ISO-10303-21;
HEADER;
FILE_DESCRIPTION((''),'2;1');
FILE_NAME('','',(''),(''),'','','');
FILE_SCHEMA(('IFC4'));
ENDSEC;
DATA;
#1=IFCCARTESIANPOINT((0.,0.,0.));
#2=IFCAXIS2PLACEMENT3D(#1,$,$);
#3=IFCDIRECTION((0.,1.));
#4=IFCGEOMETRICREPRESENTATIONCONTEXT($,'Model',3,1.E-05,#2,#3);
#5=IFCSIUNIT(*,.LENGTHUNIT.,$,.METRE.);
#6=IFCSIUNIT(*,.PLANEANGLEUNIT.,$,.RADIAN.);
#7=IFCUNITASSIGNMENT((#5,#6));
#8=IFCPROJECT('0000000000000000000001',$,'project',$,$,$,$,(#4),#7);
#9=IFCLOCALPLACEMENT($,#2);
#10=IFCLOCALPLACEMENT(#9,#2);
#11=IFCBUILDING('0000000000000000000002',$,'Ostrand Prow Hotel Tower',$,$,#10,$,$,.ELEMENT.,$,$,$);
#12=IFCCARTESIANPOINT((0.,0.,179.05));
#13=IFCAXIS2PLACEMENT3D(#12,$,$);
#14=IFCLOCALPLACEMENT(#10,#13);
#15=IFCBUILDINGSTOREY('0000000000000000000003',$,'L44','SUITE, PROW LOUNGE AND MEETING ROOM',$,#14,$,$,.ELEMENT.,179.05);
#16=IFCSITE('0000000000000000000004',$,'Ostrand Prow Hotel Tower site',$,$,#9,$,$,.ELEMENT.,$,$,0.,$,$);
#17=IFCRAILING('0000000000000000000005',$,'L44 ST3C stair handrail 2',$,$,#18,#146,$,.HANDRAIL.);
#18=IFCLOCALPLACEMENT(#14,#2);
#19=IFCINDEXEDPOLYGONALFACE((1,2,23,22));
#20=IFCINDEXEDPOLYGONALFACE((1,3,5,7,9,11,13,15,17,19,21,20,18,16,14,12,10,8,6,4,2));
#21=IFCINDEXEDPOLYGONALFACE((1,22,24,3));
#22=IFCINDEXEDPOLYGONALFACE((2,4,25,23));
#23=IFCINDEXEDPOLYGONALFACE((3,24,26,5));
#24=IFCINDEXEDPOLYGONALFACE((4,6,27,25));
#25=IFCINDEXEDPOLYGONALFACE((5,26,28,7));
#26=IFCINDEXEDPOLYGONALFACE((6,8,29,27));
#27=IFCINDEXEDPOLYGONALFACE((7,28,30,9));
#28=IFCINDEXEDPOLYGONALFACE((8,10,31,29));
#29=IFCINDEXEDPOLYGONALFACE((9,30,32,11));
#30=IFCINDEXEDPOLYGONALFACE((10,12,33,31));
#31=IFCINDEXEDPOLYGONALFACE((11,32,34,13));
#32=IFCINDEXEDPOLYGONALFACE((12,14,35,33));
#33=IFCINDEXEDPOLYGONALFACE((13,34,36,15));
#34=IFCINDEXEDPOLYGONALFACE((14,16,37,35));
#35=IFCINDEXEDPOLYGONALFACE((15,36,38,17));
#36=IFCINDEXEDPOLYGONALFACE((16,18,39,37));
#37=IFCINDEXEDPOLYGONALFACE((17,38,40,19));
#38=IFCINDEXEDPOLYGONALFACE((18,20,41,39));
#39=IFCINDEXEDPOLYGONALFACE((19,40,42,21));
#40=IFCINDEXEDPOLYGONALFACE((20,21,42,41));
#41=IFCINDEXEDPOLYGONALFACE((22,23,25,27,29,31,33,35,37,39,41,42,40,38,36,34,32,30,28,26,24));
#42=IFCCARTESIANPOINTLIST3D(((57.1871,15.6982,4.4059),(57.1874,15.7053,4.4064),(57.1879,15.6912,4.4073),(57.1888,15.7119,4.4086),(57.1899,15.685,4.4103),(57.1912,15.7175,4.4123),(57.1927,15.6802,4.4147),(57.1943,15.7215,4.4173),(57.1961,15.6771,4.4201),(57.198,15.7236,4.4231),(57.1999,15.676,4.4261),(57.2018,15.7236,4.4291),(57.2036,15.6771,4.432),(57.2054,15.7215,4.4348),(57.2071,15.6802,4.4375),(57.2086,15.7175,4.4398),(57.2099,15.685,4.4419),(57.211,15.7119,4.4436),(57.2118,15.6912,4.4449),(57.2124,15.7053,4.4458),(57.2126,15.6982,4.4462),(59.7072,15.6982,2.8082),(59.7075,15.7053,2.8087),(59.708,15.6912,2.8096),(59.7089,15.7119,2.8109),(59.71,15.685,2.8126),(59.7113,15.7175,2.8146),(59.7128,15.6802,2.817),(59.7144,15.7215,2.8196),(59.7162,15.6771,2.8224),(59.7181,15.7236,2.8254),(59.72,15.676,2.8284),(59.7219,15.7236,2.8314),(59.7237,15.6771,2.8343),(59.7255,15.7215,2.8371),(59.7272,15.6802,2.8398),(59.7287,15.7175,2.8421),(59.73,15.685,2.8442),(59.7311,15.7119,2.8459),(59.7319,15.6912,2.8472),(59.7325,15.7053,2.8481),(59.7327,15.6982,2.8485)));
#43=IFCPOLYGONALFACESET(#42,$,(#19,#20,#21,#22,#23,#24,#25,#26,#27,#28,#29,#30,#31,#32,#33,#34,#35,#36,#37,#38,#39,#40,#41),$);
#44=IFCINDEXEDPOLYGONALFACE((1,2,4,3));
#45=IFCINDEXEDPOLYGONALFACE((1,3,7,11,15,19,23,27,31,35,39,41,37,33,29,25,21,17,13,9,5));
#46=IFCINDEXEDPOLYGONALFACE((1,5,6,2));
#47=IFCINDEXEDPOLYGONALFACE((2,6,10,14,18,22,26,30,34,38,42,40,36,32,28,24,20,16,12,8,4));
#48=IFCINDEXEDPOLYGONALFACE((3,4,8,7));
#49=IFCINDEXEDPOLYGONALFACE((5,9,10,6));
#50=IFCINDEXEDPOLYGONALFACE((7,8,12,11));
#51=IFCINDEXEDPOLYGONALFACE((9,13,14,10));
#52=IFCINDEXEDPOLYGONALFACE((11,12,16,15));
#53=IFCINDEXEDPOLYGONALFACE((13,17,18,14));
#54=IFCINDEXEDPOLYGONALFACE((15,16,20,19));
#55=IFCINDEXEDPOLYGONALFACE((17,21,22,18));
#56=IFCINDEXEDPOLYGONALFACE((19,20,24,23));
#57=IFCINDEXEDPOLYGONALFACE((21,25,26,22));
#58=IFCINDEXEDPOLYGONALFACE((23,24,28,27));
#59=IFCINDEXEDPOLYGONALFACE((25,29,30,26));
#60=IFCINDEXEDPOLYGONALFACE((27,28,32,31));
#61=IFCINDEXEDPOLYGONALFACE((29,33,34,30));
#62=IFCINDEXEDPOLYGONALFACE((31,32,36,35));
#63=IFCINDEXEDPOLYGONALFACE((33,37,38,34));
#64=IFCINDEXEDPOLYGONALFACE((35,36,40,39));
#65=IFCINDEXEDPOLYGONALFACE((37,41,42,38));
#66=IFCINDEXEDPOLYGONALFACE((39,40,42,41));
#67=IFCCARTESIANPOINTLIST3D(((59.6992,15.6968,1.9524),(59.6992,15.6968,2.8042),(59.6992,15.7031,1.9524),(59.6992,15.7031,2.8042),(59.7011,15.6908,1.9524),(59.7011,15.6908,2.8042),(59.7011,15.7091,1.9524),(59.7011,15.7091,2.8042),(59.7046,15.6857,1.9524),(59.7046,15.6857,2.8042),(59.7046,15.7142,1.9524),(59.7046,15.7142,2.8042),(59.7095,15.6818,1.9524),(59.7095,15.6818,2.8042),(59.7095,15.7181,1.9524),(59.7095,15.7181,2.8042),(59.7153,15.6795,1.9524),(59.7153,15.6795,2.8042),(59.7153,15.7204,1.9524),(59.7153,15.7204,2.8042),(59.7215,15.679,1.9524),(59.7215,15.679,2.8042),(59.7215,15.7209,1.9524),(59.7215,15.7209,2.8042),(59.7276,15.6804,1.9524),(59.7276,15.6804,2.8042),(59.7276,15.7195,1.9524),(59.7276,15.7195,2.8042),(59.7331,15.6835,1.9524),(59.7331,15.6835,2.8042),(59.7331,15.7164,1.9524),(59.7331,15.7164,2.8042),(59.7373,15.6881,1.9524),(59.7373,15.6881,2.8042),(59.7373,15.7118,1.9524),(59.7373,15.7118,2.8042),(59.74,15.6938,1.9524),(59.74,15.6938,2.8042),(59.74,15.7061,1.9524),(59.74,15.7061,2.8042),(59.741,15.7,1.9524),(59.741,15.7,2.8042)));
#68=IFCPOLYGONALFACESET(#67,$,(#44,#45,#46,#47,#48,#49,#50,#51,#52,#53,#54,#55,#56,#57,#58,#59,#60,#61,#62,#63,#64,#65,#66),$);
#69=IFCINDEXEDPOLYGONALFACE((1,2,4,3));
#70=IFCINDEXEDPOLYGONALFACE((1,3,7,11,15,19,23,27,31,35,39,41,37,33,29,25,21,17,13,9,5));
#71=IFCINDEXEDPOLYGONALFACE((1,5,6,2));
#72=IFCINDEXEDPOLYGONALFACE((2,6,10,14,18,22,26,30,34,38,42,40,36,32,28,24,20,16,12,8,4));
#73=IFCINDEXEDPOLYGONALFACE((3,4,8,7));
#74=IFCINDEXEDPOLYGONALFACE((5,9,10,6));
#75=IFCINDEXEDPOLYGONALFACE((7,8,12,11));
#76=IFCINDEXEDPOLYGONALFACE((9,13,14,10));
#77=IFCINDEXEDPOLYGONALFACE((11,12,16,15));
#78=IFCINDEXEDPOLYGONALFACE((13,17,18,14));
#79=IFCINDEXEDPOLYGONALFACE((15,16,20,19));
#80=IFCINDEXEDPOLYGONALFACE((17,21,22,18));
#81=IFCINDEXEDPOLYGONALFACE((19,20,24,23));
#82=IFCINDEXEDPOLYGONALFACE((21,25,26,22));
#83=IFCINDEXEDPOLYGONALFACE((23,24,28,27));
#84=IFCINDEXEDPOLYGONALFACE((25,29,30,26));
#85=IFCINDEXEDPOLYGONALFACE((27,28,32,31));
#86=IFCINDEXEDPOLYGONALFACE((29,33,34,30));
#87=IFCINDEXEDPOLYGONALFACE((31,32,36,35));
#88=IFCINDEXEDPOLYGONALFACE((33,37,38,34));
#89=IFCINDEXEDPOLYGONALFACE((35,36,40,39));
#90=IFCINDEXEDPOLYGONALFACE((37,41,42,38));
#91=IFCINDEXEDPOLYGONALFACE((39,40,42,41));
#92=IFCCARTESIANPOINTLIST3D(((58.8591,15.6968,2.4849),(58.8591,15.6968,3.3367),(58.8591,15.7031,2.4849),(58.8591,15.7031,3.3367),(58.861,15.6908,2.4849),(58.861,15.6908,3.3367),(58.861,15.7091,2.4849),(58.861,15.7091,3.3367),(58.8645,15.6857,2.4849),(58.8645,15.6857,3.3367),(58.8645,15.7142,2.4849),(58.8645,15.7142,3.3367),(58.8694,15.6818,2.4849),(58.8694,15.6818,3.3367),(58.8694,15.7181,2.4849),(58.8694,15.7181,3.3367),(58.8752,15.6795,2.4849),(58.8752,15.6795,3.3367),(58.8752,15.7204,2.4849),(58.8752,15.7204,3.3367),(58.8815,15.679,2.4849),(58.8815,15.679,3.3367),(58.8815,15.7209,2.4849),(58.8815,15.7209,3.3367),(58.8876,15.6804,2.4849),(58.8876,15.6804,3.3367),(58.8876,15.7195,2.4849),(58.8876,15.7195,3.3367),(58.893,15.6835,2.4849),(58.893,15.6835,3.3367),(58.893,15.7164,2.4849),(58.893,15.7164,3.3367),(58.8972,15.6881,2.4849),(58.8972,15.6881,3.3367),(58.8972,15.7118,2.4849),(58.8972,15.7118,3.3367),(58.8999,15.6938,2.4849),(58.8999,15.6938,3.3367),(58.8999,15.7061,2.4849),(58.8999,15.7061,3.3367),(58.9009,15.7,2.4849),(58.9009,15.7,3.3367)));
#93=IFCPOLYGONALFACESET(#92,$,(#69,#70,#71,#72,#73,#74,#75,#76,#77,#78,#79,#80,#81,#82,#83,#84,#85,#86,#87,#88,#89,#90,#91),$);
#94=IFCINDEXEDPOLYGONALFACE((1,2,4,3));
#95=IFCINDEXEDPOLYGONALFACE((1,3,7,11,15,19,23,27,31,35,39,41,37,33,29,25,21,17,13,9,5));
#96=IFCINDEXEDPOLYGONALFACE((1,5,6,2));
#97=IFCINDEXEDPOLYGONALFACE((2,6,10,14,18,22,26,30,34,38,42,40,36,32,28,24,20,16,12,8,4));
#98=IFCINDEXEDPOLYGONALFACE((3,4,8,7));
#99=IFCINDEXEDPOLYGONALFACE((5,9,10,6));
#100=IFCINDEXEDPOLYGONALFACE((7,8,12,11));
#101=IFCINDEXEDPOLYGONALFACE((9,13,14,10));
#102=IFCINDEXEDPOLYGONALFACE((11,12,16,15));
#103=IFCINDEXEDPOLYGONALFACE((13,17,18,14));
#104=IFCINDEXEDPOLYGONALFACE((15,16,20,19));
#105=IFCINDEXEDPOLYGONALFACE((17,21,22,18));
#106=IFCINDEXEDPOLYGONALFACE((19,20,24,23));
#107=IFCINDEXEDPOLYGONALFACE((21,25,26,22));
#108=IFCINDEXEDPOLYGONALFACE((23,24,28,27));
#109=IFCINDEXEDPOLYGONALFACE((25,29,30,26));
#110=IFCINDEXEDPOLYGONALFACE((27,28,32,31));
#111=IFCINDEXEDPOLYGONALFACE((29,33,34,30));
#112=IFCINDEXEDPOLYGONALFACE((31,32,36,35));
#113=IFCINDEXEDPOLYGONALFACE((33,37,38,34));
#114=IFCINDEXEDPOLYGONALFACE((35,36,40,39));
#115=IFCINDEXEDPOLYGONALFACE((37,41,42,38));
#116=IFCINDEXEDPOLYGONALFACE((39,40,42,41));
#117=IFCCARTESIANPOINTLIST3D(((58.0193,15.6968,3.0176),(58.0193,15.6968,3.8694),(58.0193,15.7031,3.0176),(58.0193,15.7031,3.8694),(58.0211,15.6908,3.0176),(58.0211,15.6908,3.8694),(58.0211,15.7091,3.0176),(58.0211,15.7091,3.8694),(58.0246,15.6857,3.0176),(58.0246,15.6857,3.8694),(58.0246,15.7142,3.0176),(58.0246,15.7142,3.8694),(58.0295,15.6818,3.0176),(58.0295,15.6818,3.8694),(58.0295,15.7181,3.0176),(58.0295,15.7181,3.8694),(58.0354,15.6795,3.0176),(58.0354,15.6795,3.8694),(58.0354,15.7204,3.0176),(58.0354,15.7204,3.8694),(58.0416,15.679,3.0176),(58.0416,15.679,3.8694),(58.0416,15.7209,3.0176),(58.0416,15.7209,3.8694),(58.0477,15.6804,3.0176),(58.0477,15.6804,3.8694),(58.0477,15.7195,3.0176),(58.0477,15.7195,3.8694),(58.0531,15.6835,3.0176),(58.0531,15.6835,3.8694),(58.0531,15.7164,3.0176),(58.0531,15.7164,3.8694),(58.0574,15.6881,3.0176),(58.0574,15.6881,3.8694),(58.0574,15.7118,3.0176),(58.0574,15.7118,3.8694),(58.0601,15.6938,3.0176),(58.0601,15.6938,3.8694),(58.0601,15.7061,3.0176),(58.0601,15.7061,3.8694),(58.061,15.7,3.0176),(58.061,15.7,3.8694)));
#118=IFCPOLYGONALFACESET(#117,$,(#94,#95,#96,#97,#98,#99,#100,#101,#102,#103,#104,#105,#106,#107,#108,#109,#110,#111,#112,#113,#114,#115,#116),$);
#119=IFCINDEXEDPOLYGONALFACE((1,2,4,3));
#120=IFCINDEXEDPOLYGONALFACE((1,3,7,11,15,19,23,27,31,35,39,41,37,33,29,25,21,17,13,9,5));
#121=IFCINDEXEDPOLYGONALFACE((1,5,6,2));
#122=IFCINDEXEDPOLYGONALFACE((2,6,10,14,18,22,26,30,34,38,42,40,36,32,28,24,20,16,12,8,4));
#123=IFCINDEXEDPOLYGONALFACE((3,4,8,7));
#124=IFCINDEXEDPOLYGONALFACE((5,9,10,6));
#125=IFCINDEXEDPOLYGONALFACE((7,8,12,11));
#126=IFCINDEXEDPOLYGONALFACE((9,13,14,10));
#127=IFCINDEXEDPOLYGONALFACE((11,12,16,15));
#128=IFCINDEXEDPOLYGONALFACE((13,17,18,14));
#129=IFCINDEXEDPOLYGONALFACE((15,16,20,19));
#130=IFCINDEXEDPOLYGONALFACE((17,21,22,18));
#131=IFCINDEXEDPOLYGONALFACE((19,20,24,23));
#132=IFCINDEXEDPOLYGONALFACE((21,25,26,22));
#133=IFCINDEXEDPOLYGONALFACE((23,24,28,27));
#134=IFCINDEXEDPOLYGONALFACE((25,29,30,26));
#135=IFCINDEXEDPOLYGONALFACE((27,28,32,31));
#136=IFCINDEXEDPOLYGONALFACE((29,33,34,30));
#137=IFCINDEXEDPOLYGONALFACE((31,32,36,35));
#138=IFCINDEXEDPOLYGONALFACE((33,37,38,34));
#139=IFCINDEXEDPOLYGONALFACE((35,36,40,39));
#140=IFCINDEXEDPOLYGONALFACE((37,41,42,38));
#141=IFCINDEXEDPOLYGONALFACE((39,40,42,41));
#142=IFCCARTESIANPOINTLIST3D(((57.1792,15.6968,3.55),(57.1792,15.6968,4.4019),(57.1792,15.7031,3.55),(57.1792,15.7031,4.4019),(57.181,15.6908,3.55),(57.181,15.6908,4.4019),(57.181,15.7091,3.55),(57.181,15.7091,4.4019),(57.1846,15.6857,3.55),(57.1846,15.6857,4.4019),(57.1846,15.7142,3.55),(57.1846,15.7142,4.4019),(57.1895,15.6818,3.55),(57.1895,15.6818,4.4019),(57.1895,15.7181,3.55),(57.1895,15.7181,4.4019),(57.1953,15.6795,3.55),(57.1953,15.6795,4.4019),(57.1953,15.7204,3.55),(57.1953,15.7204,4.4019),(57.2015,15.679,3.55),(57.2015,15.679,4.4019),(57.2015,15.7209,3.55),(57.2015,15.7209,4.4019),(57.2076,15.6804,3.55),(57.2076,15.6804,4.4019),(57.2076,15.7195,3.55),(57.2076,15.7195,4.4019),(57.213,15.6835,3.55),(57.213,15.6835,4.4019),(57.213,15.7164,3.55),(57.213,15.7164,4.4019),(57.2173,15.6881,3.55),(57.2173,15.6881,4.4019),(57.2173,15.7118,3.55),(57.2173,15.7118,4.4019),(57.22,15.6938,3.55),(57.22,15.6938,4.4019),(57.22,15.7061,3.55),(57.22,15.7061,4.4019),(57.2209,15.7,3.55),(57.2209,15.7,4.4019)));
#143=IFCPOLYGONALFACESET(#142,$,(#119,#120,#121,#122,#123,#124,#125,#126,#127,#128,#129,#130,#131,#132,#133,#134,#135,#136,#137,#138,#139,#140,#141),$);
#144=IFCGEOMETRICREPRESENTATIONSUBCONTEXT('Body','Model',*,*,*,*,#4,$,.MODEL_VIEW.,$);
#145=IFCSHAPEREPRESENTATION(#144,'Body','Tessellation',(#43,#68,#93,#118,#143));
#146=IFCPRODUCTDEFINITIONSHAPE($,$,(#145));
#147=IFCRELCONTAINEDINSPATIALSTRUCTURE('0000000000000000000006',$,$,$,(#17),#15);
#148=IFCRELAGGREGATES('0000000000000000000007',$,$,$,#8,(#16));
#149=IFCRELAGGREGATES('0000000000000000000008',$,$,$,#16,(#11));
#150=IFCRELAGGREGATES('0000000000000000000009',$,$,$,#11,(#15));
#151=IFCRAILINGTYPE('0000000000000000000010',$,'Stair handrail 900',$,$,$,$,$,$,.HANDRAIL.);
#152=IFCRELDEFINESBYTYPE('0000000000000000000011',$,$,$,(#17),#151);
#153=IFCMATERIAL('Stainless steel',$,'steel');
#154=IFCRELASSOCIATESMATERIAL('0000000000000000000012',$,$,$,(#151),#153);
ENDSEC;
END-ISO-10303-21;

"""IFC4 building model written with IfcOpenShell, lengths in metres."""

from ifc_helpers import new_model, si_unit, direction, frame, origin, origin_2d, place, context, subcontext, project, spatial, circle, extrude, material, type_object, element, save


model = new_model("IFC4")

# Units and contexts
model_context = context("Model", 3, precision=1e-05, world=origin(), true_north=direction((0.0, 1.0)))
body_context = subcontext(model_context, "Body", "Model", "MODEL_VIEW")
ifc_project = project(units=[si_unit("LENGTHUNIT", "METRE"), si_unit("PLANEANGLEUNIT", "RADIAN")], contexts=[model_context])

# Site, building, storey
site_placement = place(None, origin())
site = spatial("IfcSite", under=ifc_project, at=site_placement, Name="Ostrand Prow Hotel Tower site", CompositionType="ELEMENT", RefElevation=0.0)
building_placement = place(site_placement, origin())
building = spatial("IfcBuilding", under=site, at=building_placement, Name="Ostrand Prow Hotel Tower", CompositionType="ELEMENT")
storey_placement = place(building_placement, frame((0.0, 0.0, 179.05)))
storey = spatial("IfcBuildingStorey", under=building, at=storey_placement, Name="L44", Description="SUITE, PROW LOUNGE AND MEETING ROOM", CompositionType="ELEMENT", Elevation=179.05)

# Railing
ifc_material_1 = material(Name="Stainless steel", Category="steel")
railing_type_1 = type_object("IfcRailingType", Name="Stair handrail 900", PredefinedType="HANDRAIL", material=ifc_material_1)
railing_1_placement = place(storey_placement, frame((59.72, 15.7, 1.9524)))
element("IfcRailing", 1, at=railing_1_placement, inside=storey, type_object=railing_type_1, Name="L44 ST3C stair handrail 2", PredefinedType="HANDRAIL", context=body_context, shape_type="SweptSolid", body=[
    extrude(circle(Radius=0.0239, at=origin_2d()), frame((0.0, 0.0, 0.876), z_axis=(-0.84457, 0.0, 0.535445), x_axis=(0.0, -1.0, 0.0)), (0.0, 0.0, 1.0), 2.9839),
    extrude(circle(Radius=0.021, at=origin_2d()), origin(), (0.0, 0.0, 1.0), 0.8518),
    extrude(circle(Radius=0.021, at=origin_2d()), frame((-0.8401, 0.0, 0.5325)), (0.0, 0.0, 1.0), 0.8518),
    extrude(circle(Radius=0.021, at=origin_2d()), frame((-1.6799, 0.0, 1.0652)), (0.0, 0.0, 1.0), 0.8518),
    extrude(circle(Radius=0.021, at=origin_2d()), frame((-2.52, 0.0, 1.5977)), (0.0, 0.0, 1.0), 0.8518),
])

save(model, "model.ifc")
